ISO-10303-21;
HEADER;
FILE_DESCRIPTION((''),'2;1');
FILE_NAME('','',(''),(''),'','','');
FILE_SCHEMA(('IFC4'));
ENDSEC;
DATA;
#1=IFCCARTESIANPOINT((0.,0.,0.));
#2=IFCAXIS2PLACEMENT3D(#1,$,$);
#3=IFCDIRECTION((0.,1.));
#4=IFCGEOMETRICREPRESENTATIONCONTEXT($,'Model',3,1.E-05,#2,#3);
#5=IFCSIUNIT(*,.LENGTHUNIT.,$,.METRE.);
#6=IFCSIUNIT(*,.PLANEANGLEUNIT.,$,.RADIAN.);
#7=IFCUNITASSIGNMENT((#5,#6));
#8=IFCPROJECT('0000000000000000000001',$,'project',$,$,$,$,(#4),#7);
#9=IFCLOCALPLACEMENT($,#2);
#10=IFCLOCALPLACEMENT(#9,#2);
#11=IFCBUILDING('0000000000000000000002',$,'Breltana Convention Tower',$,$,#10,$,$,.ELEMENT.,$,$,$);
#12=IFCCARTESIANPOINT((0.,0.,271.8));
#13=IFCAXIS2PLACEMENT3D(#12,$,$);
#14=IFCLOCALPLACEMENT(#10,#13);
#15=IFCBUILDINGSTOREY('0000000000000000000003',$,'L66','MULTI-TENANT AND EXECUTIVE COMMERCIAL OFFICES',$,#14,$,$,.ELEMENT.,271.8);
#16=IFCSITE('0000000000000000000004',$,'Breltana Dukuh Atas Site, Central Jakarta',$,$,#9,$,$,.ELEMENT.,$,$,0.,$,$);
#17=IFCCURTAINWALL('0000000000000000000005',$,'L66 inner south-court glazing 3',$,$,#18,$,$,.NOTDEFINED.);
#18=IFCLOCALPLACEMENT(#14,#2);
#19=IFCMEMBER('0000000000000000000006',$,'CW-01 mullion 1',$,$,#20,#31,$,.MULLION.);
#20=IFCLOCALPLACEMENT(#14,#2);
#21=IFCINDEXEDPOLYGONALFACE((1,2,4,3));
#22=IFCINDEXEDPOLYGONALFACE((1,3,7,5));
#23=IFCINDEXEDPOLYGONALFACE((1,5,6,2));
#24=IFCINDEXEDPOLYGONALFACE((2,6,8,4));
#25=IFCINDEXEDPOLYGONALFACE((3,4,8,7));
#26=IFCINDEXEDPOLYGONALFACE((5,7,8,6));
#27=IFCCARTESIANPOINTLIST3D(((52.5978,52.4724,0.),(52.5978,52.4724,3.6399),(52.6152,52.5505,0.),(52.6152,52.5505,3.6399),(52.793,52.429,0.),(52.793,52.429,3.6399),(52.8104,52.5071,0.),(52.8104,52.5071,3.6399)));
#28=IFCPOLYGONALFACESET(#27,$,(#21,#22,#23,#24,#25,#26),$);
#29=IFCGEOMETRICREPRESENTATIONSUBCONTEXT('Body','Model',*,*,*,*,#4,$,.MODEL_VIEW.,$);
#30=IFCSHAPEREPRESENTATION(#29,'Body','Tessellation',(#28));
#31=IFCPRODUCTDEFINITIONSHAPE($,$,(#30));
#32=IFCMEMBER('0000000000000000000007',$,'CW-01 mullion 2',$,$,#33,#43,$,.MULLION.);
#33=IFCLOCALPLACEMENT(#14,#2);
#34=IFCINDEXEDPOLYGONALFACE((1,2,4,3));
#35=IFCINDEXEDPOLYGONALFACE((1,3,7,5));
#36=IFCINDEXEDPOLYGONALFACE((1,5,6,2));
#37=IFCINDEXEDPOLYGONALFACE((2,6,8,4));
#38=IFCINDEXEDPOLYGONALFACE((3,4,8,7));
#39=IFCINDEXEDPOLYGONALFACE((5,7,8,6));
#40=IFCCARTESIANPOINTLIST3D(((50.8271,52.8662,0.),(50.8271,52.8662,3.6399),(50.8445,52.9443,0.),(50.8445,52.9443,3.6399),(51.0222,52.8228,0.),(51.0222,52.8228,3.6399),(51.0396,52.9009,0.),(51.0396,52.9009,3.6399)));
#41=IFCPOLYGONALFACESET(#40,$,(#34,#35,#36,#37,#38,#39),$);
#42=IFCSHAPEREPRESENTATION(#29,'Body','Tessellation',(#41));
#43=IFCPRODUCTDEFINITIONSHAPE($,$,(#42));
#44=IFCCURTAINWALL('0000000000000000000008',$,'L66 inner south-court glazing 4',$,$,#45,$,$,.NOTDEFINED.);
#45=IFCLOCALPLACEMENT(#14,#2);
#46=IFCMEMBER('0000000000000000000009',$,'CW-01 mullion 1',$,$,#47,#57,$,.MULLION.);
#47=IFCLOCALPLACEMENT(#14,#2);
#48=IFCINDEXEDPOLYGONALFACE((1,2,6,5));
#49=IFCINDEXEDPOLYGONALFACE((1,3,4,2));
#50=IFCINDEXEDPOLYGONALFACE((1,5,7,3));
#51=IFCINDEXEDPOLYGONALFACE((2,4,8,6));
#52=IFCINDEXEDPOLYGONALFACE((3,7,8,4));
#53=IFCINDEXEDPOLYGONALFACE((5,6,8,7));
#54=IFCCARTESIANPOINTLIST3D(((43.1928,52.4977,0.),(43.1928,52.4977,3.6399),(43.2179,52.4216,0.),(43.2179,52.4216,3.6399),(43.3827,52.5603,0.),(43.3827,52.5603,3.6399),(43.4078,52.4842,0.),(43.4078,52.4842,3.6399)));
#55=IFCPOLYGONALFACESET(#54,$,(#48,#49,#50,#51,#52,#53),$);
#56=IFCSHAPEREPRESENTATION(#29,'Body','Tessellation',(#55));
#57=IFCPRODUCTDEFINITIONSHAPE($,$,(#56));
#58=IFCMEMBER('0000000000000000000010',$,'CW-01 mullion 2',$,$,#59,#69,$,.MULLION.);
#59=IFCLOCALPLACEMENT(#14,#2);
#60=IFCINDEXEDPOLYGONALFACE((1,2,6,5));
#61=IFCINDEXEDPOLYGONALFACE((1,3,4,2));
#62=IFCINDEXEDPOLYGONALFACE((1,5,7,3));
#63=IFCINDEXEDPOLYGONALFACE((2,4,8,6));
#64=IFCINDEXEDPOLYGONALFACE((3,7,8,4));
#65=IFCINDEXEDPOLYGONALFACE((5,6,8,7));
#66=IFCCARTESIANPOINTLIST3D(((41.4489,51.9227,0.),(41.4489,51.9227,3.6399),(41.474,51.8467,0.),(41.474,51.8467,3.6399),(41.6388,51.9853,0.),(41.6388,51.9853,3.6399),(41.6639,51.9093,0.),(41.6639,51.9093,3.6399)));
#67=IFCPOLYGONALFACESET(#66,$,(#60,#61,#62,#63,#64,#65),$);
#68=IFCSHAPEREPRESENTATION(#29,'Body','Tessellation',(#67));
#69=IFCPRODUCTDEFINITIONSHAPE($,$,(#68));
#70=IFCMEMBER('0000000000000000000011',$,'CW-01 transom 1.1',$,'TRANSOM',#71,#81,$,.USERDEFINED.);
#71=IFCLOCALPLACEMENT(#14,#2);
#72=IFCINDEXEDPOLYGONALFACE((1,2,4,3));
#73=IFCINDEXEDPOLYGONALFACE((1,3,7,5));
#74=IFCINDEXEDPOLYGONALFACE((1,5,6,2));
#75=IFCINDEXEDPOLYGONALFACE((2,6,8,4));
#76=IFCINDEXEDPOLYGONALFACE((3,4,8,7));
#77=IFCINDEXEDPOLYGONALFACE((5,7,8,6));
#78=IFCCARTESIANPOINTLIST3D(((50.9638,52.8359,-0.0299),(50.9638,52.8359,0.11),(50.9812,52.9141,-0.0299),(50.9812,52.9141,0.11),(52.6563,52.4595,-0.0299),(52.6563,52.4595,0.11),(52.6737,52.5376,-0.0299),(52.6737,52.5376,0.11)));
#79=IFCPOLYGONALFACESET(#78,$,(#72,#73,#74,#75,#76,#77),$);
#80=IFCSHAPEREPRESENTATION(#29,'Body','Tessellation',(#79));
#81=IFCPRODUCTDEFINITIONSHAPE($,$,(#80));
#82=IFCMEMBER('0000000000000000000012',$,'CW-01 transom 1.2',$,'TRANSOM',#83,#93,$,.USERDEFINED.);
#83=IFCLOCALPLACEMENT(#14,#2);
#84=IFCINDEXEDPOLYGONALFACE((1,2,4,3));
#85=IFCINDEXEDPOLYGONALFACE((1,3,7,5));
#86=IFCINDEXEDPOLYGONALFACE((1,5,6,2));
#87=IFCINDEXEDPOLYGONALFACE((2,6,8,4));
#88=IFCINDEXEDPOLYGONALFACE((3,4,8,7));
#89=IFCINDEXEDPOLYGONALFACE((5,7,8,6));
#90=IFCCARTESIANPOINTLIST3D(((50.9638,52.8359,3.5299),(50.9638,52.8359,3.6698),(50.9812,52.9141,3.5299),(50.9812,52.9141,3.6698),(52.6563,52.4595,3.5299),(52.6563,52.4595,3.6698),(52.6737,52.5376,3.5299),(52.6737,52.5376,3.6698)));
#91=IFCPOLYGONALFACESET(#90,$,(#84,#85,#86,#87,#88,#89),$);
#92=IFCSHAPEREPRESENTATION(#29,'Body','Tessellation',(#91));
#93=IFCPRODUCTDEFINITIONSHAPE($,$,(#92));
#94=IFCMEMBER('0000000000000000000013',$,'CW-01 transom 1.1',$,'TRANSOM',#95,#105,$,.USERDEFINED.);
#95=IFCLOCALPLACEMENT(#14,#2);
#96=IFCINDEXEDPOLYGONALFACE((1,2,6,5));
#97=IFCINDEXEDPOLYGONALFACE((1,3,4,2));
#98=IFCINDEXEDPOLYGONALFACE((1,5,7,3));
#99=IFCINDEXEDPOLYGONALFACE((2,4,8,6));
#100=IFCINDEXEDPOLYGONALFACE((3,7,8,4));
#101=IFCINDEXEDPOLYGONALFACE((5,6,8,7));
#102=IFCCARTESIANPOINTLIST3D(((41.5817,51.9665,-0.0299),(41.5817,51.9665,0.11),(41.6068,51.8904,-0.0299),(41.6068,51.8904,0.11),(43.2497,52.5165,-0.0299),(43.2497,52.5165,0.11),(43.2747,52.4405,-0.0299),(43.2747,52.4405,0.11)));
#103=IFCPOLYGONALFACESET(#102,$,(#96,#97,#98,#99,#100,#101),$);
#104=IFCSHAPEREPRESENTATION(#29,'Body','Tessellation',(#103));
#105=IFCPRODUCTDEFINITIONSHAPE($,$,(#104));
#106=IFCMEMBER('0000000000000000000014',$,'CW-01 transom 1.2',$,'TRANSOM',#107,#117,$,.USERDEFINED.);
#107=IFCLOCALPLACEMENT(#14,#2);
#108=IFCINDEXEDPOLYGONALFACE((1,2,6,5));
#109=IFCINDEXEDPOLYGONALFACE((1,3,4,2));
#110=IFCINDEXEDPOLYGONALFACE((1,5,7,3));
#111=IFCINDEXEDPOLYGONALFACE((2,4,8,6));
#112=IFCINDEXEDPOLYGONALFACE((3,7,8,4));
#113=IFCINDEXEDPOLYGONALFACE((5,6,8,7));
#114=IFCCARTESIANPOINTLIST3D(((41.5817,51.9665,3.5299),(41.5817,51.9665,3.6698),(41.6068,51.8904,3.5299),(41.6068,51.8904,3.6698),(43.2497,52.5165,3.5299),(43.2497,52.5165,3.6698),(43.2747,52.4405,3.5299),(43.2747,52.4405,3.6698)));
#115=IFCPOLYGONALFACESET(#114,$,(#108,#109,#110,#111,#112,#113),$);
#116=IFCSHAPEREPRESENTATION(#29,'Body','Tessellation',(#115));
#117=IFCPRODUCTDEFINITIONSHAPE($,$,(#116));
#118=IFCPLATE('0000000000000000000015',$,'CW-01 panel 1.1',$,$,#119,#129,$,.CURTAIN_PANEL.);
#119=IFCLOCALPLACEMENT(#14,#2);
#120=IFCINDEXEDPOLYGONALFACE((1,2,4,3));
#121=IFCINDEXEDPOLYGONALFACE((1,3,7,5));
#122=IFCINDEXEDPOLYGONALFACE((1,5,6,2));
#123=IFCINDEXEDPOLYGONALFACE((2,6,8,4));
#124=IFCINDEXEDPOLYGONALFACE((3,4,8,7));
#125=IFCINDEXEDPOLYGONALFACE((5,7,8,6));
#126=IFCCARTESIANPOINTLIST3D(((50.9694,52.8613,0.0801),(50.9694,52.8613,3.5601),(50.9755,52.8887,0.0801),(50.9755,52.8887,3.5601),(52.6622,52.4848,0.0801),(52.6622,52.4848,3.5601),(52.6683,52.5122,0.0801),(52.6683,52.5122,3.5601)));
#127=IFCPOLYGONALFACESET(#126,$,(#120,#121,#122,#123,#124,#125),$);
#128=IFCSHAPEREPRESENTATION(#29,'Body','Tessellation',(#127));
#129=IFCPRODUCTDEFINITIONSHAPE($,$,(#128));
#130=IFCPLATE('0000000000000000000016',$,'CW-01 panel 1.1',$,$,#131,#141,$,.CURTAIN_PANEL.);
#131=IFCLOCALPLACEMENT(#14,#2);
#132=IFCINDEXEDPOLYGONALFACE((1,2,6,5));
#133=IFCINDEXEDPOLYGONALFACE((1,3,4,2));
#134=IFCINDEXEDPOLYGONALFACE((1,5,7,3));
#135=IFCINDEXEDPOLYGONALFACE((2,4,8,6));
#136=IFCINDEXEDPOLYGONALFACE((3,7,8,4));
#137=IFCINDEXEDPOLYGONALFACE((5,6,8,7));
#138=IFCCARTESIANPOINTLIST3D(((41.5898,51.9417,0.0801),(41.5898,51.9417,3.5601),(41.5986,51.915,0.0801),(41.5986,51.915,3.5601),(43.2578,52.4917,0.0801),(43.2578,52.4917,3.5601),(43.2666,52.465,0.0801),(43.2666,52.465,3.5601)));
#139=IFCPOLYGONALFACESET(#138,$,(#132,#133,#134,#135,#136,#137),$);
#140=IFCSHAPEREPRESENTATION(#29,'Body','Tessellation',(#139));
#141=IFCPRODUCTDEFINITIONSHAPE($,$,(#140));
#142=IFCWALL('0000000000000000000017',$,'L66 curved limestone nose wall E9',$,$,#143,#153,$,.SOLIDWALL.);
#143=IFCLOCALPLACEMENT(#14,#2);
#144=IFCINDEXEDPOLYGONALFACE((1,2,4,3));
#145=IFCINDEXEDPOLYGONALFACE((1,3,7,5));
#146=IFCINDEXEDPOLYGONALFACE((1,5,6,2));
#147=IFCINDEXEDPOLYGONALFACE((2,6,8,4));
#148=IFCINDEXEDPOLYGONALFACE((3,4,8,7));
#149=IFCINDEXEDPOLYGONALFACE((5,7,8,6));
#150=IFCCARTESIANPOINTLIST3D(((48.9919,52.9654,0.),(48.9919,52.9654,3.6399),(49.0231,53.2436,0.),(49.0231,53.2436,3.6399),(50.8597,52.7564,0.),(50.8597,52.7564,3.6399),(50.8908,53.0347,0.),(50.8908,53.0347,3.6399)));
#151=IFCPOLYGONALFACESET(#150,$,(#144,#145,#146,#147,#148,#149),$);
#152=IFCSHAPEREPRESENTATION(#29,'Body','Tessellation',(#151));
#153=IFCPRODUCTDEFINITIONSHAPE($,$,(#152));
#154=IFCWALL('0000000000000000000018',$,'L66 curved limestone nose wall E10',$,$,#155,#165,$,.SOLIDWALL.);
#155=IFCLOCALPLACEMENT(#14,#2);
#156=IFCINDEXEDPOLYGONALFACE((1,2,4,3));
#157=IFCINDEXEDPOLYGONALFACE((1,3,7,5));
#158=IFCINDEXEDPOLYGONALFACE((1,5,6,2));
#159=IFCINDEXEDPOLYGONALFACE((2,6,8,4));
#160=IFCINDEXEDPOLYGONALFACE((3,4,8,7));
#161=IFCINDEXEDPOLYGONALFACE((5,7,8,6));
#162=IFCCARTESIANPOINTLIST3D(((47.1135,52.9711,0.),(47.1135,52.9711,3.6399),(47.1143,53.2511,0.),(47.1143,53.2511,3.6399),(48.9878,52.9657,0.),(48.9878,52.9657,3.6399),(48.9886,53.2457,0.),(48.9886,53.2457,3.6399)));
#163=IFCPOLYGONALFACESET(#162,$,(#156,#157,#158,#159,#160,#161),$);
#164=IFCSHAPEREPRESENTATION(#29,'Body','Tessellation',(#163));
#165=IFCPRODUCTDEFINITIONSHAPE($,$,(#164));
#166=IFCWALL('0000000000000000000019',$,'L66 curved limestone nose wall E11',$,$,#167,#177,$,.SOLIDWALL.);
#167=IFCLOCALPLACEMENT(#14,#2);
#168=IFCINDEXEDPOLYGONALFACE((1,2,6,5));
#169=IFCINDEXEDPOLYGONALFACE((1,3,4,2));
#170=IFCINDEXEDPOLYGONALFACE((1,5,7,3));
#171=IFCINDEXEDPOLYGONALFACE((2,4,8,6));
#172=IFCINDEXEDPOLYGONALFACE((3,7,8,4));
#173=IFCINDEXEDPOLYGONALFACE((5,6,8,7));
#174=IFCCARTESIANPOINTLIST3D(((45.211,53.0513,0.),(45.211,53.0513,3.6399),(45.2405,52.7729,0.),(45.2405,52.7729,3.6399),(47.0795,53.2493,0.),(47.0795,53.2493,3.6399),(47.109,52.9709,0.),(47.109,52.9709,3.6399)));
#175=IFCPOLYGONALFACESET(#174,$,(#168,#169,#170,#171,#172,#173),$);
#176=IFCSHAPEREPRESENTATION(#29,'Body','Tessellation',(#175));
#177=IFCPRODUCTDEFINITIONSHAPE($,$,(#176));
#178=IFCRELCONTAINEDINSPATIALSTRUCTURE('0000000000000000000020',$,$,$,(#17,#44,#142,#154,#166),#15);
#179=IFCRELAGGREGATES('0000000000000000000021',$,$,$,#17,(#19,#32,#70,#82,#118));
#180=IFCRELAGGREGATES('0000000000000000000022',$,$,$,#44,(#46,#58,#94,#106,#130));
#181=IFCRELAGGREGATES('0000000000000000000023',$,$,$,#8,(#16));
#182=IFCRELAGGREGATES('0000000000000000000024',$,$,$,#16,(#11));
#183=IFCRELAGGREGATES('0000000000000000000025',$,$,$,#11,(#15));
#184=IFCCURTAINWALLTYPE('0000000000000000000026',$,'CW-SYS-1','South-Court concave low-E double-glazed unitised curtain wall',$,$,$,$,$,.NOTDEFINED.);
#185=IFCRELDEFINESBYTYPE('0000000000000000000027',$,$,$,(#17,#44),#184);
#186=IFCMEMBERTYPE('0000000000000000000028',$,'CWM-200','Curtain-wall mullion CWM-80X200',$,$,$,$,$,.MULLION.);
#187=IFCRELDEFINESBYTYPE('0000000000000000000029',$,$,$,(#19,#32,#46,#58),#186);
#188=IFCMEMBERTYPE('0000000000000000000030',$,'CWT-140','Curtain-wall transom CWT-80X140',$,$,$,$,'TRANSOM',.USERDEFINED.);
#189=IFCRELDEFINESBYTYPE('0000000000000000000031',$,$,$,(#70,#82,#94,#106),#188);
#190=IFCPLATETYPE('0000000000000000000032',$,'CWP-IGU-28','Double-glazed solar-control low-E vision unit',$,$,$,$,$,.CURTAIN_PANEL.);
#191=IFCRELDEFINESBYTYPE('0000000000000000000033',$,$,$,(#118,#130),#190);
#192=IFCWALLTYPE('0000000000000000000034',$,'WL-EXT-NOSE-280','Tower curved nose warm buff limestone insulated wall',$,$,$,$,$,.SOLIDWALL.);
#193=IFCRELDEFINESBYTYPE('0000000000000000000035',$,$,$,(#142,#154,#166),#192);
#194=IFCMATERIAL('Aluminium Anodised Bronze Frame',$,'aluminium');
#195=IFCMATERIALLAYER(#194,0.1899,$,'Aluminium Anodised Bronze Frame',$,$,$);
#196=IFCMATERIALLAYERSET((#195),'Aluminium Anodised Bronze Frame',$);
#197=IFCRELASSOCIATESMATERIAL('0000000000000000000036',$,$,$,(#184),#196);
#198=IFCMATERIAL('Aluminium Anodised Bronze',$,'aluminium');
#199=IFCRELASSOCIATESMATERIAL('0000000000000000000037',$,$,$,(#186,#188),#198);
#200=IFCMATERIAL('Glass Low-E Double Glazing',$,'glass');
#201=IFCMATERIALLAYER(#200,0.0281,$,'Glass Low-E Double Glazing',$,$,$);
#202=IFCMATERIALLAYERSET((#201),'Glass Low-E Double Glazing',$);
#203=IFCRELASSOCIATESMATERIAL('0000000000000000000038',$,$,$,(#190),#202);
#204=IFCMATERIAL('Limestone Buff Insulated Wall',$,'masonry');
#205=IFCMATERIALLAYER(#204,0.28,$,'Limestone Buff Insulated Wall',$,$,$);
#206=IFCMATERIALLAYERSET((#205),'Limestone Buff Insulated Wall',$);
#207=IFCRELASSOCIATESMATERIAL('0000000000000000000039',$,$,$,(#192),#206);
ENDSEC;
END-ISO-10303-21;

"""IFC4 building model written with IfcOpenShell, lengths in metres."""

from ifc_helpers import new_model, si_unit, direction, frame, frame_2d, origin, origin_2d, place, context, subcontext, project, spatial, rectangle, extrude, source, transform, mapped, material, layer, layer_set, material_profile, profile_set, type_object, element, aggregate, save


model = new_model("IFC4")

# Units and contexts
model_context = context("Model", 3, precision=1e-05, world=origin(), true_north=direction((0.0, 1.0)))
body_context = subcontext(model_context, "Body", "Model", "MODEL_VIEW")
ifc_project = project(units=[si_unit("LENGTHUNIT", "METRE"), si_unit("PLANEANGLEUNIT", "RADIAN")], contexts=[model_context])

# Site, building, storey
site_placement = place(None, origin())
site = spatial("IfcSite", under=ifc_project, at=site_placement, Name="Breltana Dukuh Atas Site, Central Jakarta", CompositionType="ELEMENT", RefElevation=0.0)
building_placement = place(site_placement, origin())
building = spatial("IfcBuilding", under=site, at=building_placement, Name="Breltana Convention Tower", CompositionType="ELEMENT")
storey_placement = place(building_placement, frame((0.0, 0.0, 271.8)))
storey = spatial("IfcBuildingStorey", under=building, at=storey_placement, Name="L66", Description="MULTI-TENANT AND EXECUTIVE COMMERCIAL OFFICES", CompositionType="ELEMENT", Elevation=271.8)

# Curtain walls, members
ifc_material_1 = material(Name="Aluminium Anodised Bronze Frame", Category="aluminium")
ifc_layer_1 = layer(ifc_material_1, 0.1899, Name="Aluminium Anodised Bronze Frame")
ifc_layer_set_1 = layer_set([ifc_layer_1], Name="Aluminium Anodised Bronze Frame")
curtain_wall_type = type_object("IfcCurtainWallType", Name="CW-SYS-1", Description="South-Court concave low-E double-glazed unitised curtain wall", PredefinedType="NOTDEFINED", material=ifc_layer_set_1)
curtain_wall_1_placement = place(storey_placement, origin())
curtain_wall_1 = element("IfcCurtainWall", 1, at=curtain_wall_1_placement, inside=storey, type_object=curtain_wall_type, Name="L66 inner south-court glazing 3", PredefinedType="NOTDEFINED")
ifc_material_2 = material(Name="Aluminium Anodised Bronze", Category="aluminium")
ifc_material_profile_1 = material_profile(ifc_material_2, rectangle(XDim=0.0801, YDim=0.2, at=origin_2d()), Name="CWM-80X200")
ifc_profile_set_1 = profile_set([ifc_material_profile_1], Name="Aluminium Anodised Bronze")
member_type_1 = type_object("IfcMemberType", Name="CWM-200", Description="Curtain-wall mullion CWM-80X200", PredefinedType="MULLION", material=ifc_profile_set_1)
shared_shape_1 = source(origin(), body_context, "Body", "SweptSolid", [
    extrude(rectangle(XDim=0.0801, YDim=0.2, at=origin_2d()), origin(), (0.0, 0.0, 1.0), 3.6399),
])
member_1_placement = place(storey_placement, frame((52.7041, 52.4897, 0.0), z_axis=(0.0, 0.0, 1.0), x_axis=(-0.217098, -0.97615, 0.0)))
member_1 = element("IfcMember", 2, at=member_1_placement, type_object=member_type_1, Name="CW-01 mullion 1", PredefinedType="MULLION", context=body_context, shape_type="MappedRepresentation", body=[
    mapped(shared_shape_1, transform((0.0, 0.0, 0.0), scale=1.0)),
])
member_2_placement = place(storey_placement, frame((50.9333, 52.8835, 0.0), z_axis=(0.0, 0.0, 1.0), x_axis=(-0.217098, -0.97615, 0.0)))
member_2 = element("IfcMember", 3, at=member_2_placement, type_object=member_type_1, Name="CW-01 mullion 2", PredefinedType="MULLION", context=body_context, shape_type="MappedRepresentation", body=[
    mapped(shared_shape_1, transform((0.0, 0.0, 0.0), scale=1.0)),
])
curtain_wall_2_placement = place(storey_placement, origin())
curtain_wall_2 = element("IfcCurtainWall", 4, at=curtain_wall_2_placement, inside=storey, type_object=curtain_wall_type, Name="L66 inner south-court glazing 4", PredefinedType="NOTDEFINED")
member_3_placement = place(storey_placement, frame((43.3003, 52.491, 0.0), z_axis=(0.0, 0.0, 1.0), x_axis=(0.313158, -0.949701, 0.0)))
member_3 = element("IfcMember", 5, at=member_3_placement, type_object=member_type_1, Name="CW-01 mullion 1", PredefinedType="MULLION", context=body_context, shape_type="MappedRepresentation", body=[
    mapped(shared_shape_1, transform((0.0, 0.0, 0.0), scale=1.0)),
])
member_4_placement = place(storey_placement, frame((41.5564, 51.916, 0.0), z_axis=(0.0, 0.0, 1.0), x_axis=(0.313158, -0.949701, 0.0)))
member_4 = element("IfcMember", 6, at=member_4_placement, type_object=member_type_1, Name="CW-01 mullion 2", PredefinedType="MULLION", context=body_context, shape_type="MappedRepresentation", body=[
    mapped(shared_shape_1, transform((0.0, 0.0, 0.0), scale=1.0)),
])

# Members
ifc_material_profile_2 = material_profile(ifc_material_2, rectangle(XDim=0.0801, YDim=0.1399, at=origin_2d()), Name="CWT-80X140")
ifc_profile_set_2 = profile_set([ifc_material_profile_2], Name="Aluminium Anodised Bronze")
member_type_2 = type_object("IfcMemberType", Name="CWT-140", Description="Curtain-wall transom CWT-80X140", ElementType="TRANSOM", PredefinedType="USERDEFINED", material=ifc_profile_set_2)
shared_shape_2 = source(origin(), body_context, "Body", "SweptSolid", [
    extrude(rectangle(XDim=0.0801, YDim=0.1399, at=origin_2d()), origin(), (0.0, 0.0, 1.0), 1.7339),
])
member_5_placement = place(storey_placement, frame((52.665, 52.4985, 0.04), z_axis=(-0.976147, 0.217109, 0.0), x_axis=(-0.217109, -0.976147, 0.0)))
member_5 = element("IfcMember", 7, at=member_5_placement, type_object=member_type_2, Name="CW-01 transom 1.1", ObjectType="TRANSOM", PredefinedType="USERDEFINED", context=body_context, shape_type="MappedRepresentation", body=[
    mapped(shared_shape_2, transform((0.0, 0.0, 0.0), scale=1.0)),
])
member_6_placement = place(storey_placement, frame((52.665, 52.4985, 3.5999), z_axis=(-0.976147, 0.217109, 0.0), x_axis=(-0.217109, -0.976147, 0.0)))
member_6 = element("IfcMember", 8, at=member_6_placement, type_object=member_type_2, Name="CW-01 transom 1.2", ObjectType="TRANSOM", PredefinedType="USERDEFINED", context=body_context, shape_type="MappedRepresentation", body=[
    mapped(shared_shape_2, transform((0.0, 0.0, 0.0), scale=1.0)),
])
shared_shape_3 = source(origin(), body_context, "Body", "SweptSolid", [
    extrude(rectangle(XDim=0.0801, YDim=0.1399, at=origin_2d()), origin(), (0.0, 0.0, 1.0), 1.7563),
])
member_7_placement = place(storey_placement, frame((43.2622, 52.4785, 0.04), z_axis=(-0.949693, -0.313182, 0.0), x_axis=(0.313182, -0.949693, 0.0)))
member_7 = element("IfcMember", 9, at=member_7_placement, type_object=member_type_2, Name="CW-01 transom 1.1", ObjectType="TRANSOM", PredefinedType="USERDEFINED", context=body_context, shape_type="MappedRepresentation", body=[
    mapped(shared_shape_3, transform((0.0, 0.0, 0.0), scale=1.0)),
])
member_8_placement = place(storey_placement, frame((43.2622, 52.4785, 3.5999), z_axis=(-0.949693, -0.313182, 0.0), x_axis=(0.313182, -0.949693, 0.0)))
member_8 = element("IfcMember", 10, at=member_8_placement, type_object=member_type_2, Name="CW-01 transom 1.2", ObjectType="TRANSOM", PredefinedType="USERDEFINED", context=body_context, shape_type="MappedRepresentation", body=[
    mapped(shared_shape_3, transform((0.0, 0.0, 0.0), scale=1.0)),
])

# Plates
ifc_material_3 = material(Name="Glass Low-E Double Glazing", Category="glass")
ifc_layer_2 = layer(ifc_material_3, 0.0281, Name="Glass Low-E Double Glazing")
ifc_layer_set_2 = layer_set([ifc_layer_2], Name="Glass Low-E Double Glazing")
plate_type = type_object("IfcPlateType", Name="CWP-IGU-28", Description="Double-glazed solar-control low-E vision unit", PredefinedType="CURTAIN_PANEL", material=ifc_layer_set_2)
shared_shape_4 = source(origin(), body_context, "Body", "SweptSolid", [
    extrude(rectangle(XDim=1.7341, YDim=0.0281, at=origin_2d()), origin(), (0.0, 0.0, 1.0), 3.48),
])
plate_1_placement = place(storey_placement, frame((51.8188, 52.6868, 0.0801), z_axis=(0.0, 0.0, 1.0), x_axis=(-0.97615, 0.217098, 0.0)))
plate_1 = element("IfcPlate", 11, at=plate_1_placement, type_object=plate_type, Name="CW-01 panel 1.1", PredefinedType="CURTAIN_PANEL", context=body_context, shape_type="MappedRepresentation", body=[
    mapped(shared_shape_4, transform((0.0, 0.0, 0.0), scale=1.0)),
])
aggregate(curtain_wall_1, [member_1, member_2, member_5, member_6, plate_1])
shared_shape_5 = source(origin(), body_context, "Body", "SweptSolid", [
    extrude(rectangle(XDim=1.7563, YDim=0.0281, at=origin_2d()), origin(), (0.0, 0.0, 1.0), 3.48),
])
plate_2_placement = place(storey_placement, frame((42.4282, 52.2034, 0.0801), z_axis=(0.0, 0.0, 1.0), x_axis=(-0.949701, -0.313158, 0.0)))
plate_2 = element("IfcPlate", 12, at=plate_2_placement, type_object=plate_type, Name="CW-01 panel 1.1", PredefinedType="CURTAIN_PANEL", context=body_context, shape_type="MappedRepresentation", body=[
    mapped(shared_shape_5, transform((0.0, 0.0, 0.0), scale=1.0)),
])
aggregate(curtain_wall_2, [member_3, member_4, member_7, member_8, plate_2])

# Walls
ifc_material_4 = material(Name="Limestone Buff Insulated Wall", Category="masonry")
ifc_layer_3 = layer(ifc_material_4, 0.28, Name="Limestone Buff Insulated Wall")
ifc_layer_set_3 = layer_set([ifc_layer_3], Name="Limestone Buff Insulated Wall")
wall_type_1 = type_object("IfcWallType", Name="WL-EXT-NOSE-280", Description="Tower curved nose warm buff limestone insulated wall", PredefinedType="SOLIDWALL", material=ifc_layer_set_3)
shared_shape_6 = source(origin(), body_context, "Body", "SweptSolid", [
    extrude(rectangle(XDim=1.8794, YDim=0.28, at=frame_2d((0.9397, 0.0))), origin(), (0.0, 0.0, 1.0), 3.6399),
])
wall_1_placement = place(storey_placement, frame((50.8752, 52.8955, 0.0), z_axis=(0.0, 0.0, 1.0), x_axis=(-0.993798, 0.111201, 0.0)))
element("IfcWall", 13, at=wall_1_placement, inside=storey, type_object=wall_type_1, Name="L66 curved limestone nose wall E9", PredefinedType="SOLIDWALL", context=body_context, shape_type="MappedRepresentation", body=[
    mapped(shared_shape_6, transform((0.0, 0.0, 0.0), scale=1.0)),
])
shared_shape_7 = source(origin(), body_context, "Body", "SweptSolid", [
    extrude(rectangle(XDim=1.8743, YDim=0.28, at=frame_2d((0.937, 0.0))), origin(), (0.0, 0.0, 1.0), 3.6399),
])
wall_2_placement = place(storey_placement, frame((48.988, 53.1057, 0.0), z_axis=(0.0, 0.0, 1.0), x_axis=(-0.999996, 0.002866, 0.0)))
element("IfcWall", 14, at=wall_2_placement, inside=storey, type_object=wall_type_1, Name="L66 curved limestone nose wall E10", PredefinedType="SOLIDWALL", context=body_context, shape_type="MappedRepresentation", body=[
    mapped(shared_shape_7, transform((0.0, 0.0, 0.0), scale=1.0)),
])
shared_shape_8 = source(origin(), body_context, "Body", "SweptSolid", [
    extrude(rectangle(XDim=1.8789, YDim=0.28, at=frame_2d((0.9395, 0.0))), origin(), (0.0, 0.0, 1.0), 3.6399),
])
wall_3_placement = place(storey_placement, frame((47.0942, 53.1101, 0.0), z_axis=(0.0, 0.0, 1.0), x_axis=(-0.994432, -0.105381, 0.0)))
element("IfcWall", 15, at=wall_3_placement, inside=storey, type_object=wall_type_1, Name="L66 curved limestone nose wall E11", PredefinedType="SOLIDWALL", context=body_context, shape_type="MappedRepresentation", body=[
    mapped(shared_shape_8, transform((0.0, 0.0, 0.0), scale=1.0)),
])

save(model, "model.ifc")
